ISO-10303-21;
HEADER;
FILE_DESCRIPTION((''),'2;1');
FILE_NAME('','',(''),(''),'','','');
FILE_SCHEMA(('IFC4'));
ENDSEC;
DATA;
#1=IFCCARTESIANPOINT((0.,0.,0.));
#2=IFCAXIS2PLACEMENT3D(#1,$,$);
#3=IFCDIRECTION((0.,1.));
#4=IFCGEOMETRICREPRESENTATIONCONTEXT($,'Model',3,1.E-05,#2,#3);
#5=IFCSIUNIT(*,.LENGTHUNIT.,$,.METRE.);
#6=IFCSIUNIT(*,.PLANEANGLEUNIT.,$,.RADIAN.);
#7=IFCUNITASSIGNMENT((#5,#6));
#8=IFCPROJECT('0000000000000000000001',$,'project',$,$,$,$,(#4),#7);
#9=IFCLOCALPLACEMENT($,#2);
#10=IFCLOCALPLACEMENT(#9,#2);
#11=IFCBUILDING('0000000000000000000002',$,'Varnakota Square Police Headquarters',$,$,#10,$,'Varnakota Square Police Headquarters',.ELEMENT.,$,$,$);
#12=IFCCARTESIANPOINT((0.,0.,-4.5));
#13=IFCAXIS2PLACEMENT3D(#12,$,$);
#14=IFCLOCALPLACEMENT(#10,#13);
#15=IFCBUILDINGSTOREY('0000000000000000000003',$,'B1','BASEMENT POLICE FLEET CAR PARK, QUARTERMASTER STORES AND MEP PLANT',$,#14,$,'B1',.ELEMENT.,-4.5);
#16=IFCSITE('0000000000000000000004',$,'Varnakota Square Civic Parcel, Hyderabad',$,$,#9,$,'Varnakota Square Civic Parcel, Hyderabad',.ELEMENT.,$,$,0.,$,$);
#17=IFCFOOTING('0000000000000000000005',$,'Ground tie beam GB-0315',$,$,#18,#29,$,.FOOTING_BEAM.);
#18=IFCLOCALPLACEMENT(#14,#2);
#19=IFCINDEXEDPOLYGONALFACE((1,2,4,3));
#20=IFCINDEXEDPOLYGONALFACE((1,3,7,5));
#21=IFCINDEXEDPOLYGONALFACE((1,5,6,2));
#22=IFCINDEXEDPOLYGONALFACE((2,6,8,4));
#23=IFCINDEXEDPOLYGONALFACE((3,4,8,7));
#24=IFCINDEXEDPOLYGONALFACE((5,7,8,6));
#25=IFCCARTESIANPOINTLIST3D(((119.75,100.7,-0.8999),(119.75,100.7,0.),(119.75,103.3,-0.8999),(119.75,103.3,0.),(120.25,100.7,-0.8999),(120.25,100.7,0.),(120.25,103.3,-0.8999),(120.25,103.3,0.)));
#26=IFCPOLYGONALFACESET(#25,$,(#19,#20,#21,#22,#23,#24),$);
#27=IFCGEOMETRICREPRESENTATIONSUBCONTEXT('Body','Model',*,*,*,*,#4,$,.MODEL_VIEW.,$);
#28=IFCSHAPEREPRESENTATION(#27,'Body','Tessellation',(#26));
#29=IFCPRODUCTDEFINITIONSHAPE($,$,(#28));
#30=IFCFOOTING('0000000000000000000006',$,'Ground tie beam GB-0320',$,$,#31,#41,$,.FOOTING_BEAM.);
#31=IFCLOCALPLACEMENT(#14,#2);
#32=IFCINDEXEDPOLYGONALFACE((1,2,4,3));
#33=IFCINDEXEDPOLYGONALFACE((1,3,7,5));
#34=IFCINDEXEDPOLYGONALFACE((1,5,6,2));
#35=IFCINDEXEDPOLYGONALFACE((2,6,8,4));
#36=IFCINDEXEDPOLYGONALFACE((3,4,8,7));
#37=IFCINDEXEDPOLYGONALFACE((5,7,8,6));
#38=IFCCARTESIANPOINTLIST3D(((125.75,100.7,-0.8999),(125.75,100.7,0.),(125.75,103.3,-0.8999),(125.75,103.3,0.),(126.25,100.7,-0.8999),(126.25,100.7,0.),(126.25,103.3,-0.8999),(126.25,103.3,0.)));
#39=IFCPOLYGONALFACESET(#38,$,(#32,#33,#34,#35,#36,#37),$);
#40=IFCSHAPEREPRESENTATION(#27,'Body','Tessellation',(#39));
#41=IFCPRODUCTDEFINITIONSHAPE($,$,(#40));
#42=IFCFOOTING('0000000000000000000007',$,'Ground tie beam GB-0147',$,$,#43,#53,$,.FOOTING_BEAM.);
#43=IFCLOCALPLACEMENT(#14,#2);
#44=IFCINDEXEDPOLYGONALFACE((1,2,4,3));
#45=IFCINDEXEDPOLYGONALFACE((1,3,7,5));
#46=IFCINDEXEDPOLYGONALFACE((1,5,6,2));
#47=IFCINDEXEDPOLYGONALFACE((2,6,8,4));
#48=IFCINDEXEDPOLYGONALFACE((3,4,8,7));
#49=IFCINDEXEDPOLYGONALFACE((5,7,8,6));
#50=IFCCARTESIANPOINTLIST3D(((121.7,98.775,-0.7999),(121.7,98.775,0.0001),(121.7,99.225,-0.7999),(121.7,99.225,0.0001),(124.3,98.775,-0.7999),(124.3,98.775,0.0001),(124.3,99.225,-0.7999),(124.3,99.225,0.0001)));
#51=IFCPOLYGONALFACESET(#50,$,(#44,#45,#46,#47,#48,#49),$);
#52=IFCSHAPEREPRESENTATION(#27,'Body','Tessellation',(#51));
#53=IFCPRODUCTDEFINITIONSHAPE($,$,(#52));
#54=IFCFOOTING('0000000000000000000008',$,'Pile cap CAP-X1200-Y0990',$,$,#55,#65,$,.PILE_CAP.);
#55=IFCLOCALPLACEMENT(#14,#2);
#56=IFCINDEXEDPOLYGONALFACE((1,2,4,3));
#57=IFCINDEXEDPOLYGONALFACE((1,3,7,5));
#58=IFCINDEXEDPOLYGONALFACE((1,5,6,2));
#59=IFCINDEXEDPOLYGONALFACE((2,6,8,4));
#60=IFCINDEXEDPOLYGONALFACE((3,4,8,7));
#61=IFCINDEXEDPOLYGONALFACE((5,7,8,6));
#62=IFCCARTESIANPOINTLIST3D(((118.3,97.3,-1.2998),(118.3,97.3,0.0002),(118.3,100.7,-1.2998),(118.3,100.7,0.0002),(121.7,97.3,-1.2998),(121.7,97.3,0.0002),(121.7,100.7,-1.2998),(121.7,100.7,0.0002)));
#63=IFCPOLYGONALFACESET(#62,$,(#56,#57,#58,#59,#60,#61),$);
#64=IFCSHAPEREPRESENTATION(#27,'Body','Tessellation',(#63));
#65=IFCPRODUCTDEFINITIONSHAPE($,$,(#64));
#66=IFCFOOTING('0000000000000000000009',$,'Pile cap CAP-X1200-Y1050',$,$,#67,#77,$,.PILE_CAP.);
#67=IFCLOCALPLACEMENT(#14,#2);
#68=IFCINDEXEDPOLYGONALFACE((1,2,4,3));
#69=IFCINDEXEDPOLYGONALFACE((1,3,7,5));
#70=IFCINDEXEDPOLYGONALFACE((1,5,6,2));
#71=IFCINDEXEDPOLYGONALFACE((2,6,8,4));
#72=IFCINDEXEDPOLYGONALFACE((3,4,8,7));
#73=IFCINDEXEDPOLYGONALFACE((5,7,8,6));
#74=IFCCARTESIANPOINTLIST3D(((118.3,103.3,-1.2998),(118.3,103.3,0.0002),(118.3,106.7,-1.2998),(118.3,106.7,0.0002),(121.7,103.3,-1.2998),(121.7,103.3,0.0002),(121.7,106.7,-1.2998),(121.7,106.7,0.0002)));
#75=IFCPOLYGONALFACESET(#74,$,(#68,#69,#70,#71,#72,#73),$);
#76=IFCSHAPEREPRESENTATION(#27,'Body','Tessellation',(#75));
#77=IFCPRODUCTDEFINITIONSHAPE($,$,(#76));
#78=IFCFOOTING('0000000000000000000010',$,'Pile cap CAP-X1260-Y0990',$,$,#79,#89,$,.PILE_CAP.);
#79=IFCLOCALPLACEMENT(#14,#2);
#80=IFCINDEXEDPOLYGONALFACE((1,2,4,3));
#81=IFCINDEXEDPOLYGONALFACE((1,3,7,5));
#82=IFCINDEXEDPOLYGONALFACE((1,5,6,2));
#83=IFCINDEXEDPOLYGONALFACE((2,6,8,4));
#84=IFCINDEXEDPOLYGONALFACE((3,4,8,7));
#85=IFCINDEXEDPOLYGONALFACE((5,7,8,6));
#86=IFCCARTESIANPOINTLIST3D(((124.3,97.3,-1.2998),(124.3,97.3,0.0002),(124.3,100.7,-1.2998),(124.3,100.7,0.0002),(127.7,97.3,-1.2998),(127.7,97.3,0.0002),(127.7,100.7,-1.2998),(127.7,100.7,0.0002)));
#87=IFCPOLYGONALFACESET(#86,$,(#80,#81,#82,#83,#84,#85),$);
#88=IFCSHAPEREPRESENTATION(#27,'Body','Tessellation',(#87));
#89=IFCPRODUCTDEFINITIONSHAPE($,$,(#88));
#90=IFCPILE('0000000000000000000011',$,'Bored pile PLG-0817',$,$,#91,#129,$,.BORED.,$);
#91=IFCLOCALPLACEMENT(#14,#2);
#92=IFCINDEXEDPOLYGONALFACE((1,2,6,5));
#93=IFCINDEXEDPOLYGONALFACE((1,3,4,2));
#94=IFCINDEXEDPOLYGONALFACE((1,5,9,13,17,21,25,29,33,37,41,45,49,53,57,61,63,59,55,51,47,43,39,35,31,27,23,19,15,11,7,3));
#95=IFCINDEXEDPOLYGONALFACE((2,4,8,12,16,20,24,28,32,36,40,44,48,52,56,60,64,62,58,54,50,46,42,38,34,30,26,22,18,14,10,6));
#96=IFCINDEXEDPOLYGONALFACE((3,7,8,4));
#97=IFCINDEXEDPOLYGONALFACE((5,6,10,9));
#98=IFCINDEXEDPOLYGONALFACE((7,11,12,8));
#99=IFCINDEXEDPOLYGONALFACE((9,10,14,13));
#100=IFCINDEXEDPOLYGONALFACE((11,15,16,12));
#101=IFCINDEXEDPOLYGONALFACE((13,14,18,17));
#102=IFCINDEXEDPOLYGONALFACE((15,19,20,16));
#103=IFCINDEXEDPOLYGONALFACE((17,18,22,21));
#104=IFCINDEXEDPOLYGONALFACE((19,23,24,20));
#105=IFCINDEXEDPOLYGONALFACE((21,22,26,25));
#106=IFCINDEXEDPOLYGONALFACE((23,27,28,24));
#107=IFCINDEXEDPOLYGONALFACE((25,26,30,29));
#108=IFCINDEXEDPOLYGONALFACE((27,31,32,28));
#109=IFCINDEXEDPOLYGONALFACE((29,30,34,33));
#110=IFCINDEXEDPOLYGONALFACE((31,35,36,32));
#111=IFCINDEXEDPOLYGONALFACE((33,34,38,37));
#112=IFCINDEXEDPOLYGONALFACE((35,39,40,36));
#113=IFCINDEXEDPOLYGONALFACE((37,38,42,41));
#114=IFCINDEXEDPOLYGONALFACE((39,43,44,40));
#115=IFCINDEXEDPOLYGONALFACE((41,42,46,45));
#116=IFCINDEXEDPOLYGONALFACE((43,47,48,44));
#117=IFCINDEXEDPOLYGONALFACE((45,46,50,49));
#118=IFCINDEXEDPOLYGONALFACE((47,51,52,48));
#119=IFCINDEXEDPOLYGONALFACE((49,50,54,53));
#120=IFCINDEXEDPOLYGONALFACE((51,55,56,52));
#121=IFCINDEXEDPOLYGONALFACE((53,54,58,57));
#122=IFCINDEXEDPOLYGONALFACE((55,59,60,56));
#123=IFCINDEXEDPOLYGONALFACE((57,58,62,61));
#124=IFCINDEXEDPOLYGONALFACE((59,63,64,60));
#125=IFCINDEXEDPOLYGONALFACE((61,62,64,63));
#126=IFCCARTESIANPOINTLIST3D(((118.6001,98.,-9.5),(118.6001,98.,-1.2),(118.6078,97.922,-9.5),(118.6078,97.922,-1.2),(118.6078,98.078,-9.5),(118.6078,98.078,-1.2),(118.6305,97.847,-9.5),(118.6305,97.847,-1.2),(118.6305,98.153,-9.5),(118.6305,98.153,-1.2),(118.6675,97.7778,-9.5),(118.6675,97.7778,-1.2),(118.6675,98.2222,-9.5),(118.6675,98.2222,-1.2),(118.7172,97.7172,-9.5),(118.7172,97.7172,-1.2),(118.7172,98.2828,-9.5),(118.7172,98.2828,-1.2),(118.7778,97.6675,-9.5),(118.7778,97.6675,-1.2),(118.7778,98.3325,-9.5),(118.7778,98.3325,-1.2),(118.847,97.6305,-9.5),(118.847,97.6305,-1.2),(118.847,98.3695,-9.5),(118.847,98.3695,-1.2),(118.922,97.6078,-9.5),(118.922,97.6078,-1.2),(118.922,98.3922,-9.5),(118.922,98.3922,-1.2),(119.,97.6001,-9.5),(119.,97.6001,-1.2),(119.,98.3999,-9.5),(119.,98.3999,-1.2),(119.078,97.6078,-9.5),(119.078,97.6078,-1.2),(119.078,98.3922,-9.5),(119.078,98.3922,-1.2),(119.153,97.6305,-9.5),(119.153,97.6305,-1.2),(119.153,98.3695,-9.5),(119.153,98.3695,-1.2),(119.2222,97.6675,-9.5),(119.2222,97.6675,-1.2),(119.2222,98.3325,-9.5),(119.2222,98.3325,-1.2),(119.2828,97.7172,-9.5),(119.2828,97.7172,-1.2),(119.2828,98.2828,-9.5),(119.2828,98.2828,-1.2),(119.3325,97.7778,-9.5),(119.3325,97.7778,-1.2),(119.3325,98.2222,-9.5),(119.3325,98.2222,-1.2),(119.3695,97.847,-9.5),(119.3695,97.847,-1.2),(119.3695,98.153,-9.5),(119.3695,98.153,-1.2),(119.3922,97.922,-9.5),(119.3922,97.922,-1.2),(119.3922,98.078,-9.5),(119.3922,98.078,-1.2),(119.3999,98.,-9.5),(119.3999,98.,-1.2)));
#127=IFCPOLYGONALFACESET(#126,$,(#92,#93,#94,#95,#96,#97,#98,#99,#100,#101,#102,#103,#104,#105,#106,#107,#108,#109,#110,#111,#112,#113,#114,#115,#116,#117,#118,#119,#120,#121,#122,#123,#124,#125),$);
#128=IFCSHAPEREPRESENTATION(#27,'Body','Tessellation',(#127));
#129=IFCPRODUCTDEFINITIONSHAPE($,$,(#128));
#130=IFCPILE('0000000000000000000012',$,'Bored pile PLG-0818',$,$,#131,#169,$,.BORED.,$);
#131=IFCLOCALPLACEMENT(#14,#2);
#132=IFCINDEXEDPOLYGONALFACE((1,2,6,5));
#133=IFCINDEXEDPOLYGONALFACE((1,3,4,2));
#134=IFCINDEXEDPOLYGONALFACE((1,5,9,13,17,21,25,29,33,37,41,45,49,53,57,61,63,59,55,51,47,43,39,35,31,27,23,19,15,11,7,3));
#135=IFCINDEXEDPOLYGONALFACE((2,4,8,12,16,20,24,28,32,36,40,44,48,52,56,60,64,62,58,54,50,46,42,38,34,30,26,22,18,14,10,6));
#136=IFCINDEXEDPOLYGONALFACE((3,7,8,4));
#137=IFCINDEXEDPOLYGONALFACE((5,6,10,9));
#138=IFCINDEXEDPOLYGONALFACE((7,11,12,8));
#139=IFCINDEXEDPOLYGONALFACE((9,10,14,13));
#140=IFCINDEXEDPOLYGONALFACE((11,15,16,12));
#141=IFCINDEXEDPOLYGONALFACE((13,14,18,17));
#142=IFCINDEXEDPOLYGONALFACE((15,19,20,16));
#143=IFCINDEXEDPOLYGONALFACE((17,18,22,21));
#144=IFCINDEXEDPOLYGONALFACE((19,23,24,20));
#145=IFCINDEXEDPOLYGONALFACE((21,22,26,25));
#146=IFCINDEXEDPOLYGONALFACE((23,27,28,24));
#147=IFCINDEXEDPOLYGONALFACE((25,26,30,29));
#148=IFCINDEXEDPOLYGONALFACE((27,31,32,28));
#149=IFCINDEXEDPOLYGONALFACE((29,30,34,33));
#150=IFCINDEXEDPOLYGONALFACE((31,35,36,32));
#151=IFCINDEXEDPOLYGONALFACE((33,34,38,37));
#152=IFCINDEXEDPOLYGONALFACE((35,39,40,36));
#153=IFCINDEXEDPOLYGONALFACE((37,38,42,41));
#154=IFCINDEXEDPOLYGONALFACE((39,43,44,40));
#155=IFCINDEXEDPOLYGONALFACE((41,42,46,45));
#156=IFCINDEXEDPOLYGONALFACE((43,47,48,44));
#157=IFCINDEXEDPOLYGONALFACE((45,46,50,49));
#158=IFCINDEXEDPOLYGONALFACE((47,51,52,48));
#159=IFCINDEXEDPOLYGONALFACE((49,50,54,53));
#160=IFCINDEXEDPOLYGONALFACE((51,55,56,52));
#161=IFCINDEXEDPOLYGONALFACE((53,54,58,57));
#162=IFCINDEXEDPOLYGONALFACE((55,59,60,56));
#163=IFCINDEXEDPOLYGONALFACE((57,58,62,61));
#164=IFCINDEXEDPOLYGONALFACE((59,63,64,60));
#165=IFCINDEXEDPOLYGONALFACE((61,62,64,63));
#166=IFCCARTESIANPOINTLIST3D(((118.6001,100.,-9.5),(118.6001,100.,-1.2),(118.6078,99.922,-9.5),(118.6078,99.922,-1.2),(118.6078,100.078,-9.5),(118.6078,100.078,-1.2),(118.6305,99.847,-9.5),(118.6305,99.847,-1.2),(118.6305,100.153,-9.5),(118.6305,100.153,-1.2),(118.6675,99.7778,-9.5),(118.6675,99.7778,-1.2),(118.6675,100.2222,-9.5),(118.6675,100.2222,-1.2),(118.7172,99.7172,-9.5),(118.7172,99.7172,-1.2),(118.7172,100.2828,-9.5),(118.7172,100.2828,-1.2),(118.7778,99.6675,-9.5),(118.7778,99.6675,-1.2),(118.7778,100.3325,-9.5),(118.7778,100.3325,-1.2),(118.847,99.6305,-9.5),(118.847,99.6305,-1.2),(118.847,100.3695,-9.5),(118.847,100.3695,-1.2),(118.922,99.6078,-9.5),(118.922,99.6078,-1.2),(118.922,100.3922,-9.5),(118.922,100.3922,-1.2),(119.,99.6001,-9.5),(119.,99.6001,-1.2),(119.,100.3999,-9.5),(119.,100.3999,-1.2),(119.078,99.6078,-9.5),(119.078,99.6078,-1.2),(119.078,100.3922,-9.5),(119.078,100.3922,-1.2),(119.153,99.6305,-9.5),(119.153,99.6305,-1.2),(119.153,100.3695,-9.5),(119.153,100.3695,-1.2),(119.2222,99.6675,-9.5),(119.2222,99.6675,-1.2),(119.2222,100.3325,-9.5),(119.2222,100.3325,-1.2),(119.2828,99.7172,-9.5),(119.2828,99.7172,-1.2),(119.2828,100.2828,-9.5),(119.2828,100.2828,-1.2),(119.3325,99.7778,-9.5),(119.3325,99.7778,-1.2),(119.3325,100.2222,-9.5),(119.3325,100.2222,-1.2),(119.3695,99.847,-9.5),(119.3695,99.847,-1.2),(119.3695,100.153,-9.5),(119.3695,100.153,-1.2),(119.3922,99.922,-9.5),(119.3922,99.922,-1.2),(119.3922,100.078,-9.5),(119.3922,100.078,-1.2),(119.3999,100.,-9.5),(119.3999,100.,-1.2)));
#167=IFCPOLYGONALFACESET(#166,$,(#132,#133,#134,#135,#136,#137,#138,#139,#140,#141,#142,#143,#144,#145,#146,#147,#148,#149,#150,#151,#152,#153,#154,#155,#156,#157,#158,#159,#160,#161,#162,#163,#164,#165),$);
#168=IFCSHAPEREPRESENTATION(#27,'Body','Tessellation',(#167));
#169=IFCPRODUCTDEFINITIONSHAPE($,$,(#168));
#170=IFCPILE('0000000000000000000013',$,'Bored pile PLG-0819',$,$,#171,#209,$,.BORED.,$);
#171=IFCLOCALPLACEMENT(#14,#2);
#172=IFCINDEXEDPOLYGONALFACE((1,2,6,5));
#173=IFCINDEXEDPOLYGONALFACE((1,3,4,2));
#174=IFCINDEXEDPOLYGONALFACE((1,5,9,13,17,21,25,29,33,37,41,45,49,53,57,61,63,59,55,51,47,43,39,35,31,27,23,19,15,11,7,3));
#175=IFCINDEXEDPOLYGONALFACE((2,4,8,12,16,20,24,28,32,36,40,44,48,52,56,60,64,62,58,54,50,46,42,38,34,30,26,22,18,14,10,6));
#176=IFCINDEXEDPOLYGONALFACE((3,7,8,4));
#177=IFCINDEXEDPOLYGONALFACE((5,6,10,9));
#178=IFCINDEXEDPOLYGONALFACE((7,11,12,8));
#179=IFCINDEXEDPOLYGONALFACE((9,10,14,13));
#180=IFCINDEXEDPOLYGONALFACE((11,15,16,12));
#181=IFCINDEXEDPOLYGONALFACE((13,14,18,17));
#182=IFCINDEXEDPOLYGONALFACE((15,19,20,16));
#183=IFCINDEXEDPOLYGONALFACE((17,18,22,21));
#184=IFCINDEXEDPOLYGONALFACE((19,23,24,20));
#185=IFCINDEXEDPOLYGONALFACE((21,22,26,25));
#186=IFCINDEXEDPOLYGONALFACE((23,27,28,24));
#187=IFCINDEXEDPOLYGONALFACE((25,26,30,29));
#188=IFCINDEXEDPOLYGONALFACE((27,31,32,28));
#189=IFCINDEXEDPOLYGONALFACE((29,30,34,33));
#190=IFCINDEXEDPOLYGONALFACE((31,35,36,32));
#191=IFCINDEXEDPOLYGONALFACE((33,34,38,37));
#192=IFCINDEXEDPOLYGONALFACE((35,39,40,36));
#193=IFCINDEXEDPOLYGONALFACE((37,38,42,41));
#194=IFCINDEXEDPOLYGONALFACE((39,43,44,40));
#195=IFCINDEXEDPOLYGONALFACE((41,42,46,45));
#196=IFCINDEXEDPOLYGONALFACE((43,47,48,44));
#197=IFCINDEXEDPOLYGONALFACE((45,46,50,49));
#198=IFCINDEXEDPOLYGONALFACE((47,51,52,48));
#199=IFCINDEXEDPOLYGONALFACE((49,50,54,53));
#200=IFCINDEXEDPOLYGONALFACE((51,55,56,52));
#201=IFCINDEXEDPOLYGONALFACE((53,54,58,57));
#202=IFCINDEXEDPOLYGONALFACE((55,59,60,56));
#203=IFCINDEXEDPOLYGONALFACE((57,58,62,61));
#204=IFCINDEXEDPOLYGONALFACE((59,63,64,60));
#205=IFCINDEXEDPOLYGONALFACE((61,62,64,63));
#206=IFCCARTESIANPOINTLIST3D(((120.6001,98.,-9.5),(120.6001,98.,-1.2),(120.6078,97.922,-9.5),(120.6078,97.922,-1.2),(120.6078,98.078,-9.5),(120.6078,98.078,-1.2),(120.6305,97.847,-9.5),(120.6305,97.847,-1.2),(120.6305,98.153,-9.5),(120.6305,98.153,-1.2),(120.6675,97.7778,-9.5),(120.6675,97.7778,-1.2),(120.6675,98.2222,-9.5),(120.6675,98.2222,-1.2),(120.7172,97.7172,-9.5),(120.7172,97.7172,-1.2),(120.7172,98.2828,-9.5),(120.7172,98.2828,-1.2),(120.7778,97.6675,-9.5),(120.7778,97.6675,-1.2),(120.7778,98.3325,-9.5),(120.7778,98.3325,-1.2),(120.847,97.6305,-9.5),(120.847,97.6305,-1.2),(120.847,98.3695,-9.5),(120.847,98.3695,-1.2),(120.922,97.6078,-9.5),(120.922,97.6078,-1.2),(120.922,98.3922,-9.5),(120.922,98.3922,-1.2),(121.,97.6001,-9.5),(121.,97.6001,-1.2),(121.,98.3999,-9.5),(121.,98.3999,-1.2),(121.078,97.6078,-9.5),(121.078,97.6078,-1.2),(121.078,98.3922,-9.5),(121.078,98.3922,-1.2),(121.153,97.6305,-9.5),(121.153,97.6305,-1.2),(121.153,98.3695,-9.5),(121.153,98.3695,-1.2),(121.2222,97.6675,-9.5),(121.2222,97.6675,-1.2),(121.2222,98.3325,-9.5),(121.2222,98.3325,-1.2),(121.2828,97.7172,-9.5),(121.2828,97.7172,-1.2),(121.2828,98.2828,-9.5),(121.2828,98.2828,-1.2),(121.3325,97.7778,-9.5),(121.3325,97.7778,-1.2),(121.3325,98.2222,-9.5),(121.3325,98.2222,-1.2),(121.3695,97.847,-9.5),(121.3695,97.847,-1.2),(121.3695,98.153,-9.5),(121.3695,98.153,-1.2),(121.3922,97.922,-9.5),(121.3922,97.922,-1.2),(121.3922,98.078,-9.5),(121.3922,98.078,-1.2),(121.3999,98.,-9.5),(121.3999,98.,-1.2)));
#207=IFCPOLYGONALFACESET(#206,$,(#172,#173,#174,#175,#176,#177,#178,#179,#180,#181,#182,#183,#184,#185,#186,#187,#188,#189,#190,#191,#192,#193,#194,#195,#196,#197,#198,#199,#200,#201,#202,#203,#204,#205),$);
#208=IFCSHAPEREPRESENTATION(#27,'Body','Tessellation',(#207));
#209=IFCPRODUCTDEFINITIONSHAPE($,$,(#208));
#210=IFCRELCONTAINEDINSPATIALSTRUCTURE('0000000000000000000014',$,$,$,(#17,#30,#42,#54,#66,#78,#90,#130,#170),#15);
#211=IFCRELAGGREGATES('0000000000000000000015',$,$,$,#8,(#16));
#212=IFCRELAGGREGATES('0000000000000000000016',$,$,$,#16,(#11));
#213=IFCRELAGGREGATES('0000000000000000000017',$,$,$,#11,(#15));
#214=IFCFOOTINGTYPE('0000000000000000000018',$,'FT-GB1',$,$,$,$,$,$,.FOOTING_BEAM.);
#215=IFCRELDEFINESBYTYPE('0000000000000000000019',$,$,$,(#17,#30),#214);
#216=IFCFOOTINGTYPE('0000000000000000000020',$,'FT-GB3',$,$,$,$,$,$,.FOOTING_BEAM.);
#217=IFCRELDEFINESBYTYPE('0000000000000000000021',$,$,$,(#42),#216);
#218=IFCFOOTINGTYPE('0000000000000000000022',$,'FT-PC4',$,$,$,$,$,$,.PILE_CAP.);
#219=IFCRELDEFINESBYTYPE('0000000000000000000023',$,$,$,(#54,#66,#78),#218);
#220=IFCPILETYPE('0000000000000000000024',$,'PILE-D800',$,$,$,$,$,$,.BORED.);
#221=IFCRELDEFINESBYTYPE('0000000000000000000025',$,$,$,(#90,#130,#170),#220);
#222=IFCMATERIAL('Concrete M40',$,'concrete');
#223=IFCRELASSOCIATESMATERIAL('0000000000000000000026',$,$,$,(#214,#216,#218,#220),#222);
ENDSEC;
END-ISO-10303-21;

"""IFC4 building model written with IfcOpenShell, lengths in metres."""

from ifc_helpers import new_model, si_unit, direction, frame, origin, origin_2d, place, context, subcontext, project, spatial, rectangle, circle, extrude, material, material_profile, profile_set, type_object, element, save


model = new_model("IFC4")

# Units and contexts
model_context = context("Model", 3, precision=1e-05, world=origin(), true_north=direction((0.0, 1.0)))
body_context = subcontext(model_context, "Body", "Model", "MODEL_VIEW")
ifc_project = project(units=[si_unit("LENGTHUNIT", "METRE"), si_unit("PLANEANGLEUNIT", "RADIAN")], contexts=[model_context])

# Site, building, storey
site_placement = place(None, origin())
site = spatial("IfcSite", under=ifc_project, at=site_placement, Name="Varnakota Square Civic Parcel, Hyderabad", LongName="Varnakota Square Civic Parcel, Hyderabad", CompositionType="ELEMENT", RefElevation=0.0)
building_placement = place(site_placement, origin())
building = spatial("IfcBuilding", under=site, at=building_placement, Name="Varnakota Square Police Headquarters", LongName="Varnakota Square Police Headquarters", CompositionType="ELEMENT")
storey_placement = place(building_placement, frame((0.0, 0.0, -4.5)))
storey = spatial("IfcBuildingStorey", under=building, at=storey_placement, Name="B1", Description="BASEMENT POLICE FLEET CAR PARK, QUARTERMASTER STORES AND MEP PLANT", LongName="B1", CompositionType="ELEMENT", Elevation=-4.5)

# Footings
ifc_material_1 = material(Name="Concrete M40", Category="concrete")
ifc_material_profile_1 = material_profile(ifc_material_1, rectangle(XDim=0.5, YDim=0.8999, at=origin_2d()), Name="GB 500x900")
ifc_profile_set_1 = profile_set([ifc_material_profile_1], Name="Concrete M40")
footing_type_1 = type_object("IfcFootingType", Name="FT-GB1", PredefinedType="FOOTING_BEAM", material=ifc_profile_set_1)
for number, where, z_axis, x_axis, name in (
    (1, (120.0, 100.7, -0.45), (0.0, 1.0, 0.0), (-1.0, 0.0, 0.0), "Ground tie beam GB-0315"),
    (2, (126.0, 100.7, -0.45), (0.0, 1.0, 0.0), (-1.0, 0.0, 0.0), "Ground tie beam GB-0320"),
):
    element("IfcFooting", number, at=place(storey_placement, frame(where, z_axis=z_axis, x_axis=x_axis)), inside=storey, type_object=footing_type_1, Name=name, PredefinedType="FOOTING_BEAM", context=body_context, shape_type="SweptSolid", body=[
        extrude(rectangle(XDim=0.5, YDim=0.8999, at=origin_2d()), origin(), (0.0, 0.0, 1.0), 2.6001),
    ])
ifc_material_profile_2 = material_profile(ifc_material_1, rectangle(XDim=0.45, YDim=0.8, at=origin_2d()), Name="GB 450x800")
ifc_profile_set_2 = profile_set([ifc_material_profile_2], Name="Concrete M40")
footing_type_2 = type_object("IfcFootingType", Name="FT-GB3", PredefinedType="FOOTING_BEAM", material=ifc_profile_set_2)
footing_placement = place(storey_placement, frame((121.7, 99.0, -0.3999), z_axis=(1.0, 0.0, 0.0), x_axis=(0.0, 1.0, 0.0)))
element("IfcFooting", 3, at=footing_placement, inside=storey, type_object=footing_type_2, Name="Ground tie beam GB-0147", PredefinedType="FOOTING_BEAM", context=body_context, shape_type="SweptSolid", body=[
    extrude(rectangle(XDim=0.45, YDim=0.8, at=origin_2d()), origin(), (0.0, 0.0, 1.0), 2.6001),
])
footing_type_3 = type_object("IfcFootingType", Name="FT-PC4", PredefinedType="PILE_CAP", material=ifc_material_1)
for number, where, z_axis, x_axis, name in (
    (4, (120.0, 99.0, -1.2998), (0.0, 0.0, 1.0), (1.0, 0.0, 0.0), "Pile cap CAP-X1200-Y0990"),
    (5, (120.0, 105.0, -1.2998), (0.0, 0.0, 1.0), (1.0, 0.0, 0.0), "Pile cap CAP-X1200-Y1050"),
    (6, (126.0, 99.0, -1.2998), (0.0, 0.0, 1.0), (1.0, 0.0, 0.0), "Pile cap CAP-X1260-Y0990"),
):
    element("IfcFooting", number, at=place(storey_placement, frame(where, z_axis=z_axis, x_axis=x_axis)), inside=storey, type_object=footing_type_3, Name=name, PredefinedType="PILE_CAP", context=body_context, shape_type="SweptSolid", body=[
        extrude(rectangle(XDim=3.3999, YDim=3.3999, at=origin_2d()), origin(), (0.0, 0.0, 1.0), 1.3),
    ])

# Piles
ifc_material_profile_3 = material_profile(ifc_material_1, circle(Radius=0.3999, at=origin_2d()), Name="BORED PILE 800")
ifc_profile_set_3 = profile_set([ifc_material_profile_3], Name="Concrete M40")
pile_type = type_object("IfcPileType", Name="PILE-D800", PredefinedType="BORED", material=ifc_profile_set_3)
for number, where, z_axis, x_axis, name in (
    (7, (119.0, 98.0, -1.2), (0.0, 0.0, -1.0), (1.0, 0.0, 0.0), "Bored pile PLG-0817"),
    (8, (119.0, 100.0, -1.2), (0.0, 0.0, -1.0), (1.0, 0.0, 0.0), "Bored pile PLG-0818"),
    (9, (121.0, 98.0, -1.2), (0.0, 0.0, -1.0), (1.0, 0.0, 0.0), "Bored pile PLG-0819"),
):
    element("IfcPile", number, at=place(storey_placement, frame(where, z_axis=z_axis, x_axis=x_axis)), inside=storey, type_object=pile_type, Name=name, PredefinedType="BORED", context=body_context, shape_type="SweptSolid", body=[
        extrude(circle(Radius=0.3999, at=origin_2d()), origin(), (0.0, 0.0, 1.0), 8.3),
    ])

save(model, "model.ifc")
